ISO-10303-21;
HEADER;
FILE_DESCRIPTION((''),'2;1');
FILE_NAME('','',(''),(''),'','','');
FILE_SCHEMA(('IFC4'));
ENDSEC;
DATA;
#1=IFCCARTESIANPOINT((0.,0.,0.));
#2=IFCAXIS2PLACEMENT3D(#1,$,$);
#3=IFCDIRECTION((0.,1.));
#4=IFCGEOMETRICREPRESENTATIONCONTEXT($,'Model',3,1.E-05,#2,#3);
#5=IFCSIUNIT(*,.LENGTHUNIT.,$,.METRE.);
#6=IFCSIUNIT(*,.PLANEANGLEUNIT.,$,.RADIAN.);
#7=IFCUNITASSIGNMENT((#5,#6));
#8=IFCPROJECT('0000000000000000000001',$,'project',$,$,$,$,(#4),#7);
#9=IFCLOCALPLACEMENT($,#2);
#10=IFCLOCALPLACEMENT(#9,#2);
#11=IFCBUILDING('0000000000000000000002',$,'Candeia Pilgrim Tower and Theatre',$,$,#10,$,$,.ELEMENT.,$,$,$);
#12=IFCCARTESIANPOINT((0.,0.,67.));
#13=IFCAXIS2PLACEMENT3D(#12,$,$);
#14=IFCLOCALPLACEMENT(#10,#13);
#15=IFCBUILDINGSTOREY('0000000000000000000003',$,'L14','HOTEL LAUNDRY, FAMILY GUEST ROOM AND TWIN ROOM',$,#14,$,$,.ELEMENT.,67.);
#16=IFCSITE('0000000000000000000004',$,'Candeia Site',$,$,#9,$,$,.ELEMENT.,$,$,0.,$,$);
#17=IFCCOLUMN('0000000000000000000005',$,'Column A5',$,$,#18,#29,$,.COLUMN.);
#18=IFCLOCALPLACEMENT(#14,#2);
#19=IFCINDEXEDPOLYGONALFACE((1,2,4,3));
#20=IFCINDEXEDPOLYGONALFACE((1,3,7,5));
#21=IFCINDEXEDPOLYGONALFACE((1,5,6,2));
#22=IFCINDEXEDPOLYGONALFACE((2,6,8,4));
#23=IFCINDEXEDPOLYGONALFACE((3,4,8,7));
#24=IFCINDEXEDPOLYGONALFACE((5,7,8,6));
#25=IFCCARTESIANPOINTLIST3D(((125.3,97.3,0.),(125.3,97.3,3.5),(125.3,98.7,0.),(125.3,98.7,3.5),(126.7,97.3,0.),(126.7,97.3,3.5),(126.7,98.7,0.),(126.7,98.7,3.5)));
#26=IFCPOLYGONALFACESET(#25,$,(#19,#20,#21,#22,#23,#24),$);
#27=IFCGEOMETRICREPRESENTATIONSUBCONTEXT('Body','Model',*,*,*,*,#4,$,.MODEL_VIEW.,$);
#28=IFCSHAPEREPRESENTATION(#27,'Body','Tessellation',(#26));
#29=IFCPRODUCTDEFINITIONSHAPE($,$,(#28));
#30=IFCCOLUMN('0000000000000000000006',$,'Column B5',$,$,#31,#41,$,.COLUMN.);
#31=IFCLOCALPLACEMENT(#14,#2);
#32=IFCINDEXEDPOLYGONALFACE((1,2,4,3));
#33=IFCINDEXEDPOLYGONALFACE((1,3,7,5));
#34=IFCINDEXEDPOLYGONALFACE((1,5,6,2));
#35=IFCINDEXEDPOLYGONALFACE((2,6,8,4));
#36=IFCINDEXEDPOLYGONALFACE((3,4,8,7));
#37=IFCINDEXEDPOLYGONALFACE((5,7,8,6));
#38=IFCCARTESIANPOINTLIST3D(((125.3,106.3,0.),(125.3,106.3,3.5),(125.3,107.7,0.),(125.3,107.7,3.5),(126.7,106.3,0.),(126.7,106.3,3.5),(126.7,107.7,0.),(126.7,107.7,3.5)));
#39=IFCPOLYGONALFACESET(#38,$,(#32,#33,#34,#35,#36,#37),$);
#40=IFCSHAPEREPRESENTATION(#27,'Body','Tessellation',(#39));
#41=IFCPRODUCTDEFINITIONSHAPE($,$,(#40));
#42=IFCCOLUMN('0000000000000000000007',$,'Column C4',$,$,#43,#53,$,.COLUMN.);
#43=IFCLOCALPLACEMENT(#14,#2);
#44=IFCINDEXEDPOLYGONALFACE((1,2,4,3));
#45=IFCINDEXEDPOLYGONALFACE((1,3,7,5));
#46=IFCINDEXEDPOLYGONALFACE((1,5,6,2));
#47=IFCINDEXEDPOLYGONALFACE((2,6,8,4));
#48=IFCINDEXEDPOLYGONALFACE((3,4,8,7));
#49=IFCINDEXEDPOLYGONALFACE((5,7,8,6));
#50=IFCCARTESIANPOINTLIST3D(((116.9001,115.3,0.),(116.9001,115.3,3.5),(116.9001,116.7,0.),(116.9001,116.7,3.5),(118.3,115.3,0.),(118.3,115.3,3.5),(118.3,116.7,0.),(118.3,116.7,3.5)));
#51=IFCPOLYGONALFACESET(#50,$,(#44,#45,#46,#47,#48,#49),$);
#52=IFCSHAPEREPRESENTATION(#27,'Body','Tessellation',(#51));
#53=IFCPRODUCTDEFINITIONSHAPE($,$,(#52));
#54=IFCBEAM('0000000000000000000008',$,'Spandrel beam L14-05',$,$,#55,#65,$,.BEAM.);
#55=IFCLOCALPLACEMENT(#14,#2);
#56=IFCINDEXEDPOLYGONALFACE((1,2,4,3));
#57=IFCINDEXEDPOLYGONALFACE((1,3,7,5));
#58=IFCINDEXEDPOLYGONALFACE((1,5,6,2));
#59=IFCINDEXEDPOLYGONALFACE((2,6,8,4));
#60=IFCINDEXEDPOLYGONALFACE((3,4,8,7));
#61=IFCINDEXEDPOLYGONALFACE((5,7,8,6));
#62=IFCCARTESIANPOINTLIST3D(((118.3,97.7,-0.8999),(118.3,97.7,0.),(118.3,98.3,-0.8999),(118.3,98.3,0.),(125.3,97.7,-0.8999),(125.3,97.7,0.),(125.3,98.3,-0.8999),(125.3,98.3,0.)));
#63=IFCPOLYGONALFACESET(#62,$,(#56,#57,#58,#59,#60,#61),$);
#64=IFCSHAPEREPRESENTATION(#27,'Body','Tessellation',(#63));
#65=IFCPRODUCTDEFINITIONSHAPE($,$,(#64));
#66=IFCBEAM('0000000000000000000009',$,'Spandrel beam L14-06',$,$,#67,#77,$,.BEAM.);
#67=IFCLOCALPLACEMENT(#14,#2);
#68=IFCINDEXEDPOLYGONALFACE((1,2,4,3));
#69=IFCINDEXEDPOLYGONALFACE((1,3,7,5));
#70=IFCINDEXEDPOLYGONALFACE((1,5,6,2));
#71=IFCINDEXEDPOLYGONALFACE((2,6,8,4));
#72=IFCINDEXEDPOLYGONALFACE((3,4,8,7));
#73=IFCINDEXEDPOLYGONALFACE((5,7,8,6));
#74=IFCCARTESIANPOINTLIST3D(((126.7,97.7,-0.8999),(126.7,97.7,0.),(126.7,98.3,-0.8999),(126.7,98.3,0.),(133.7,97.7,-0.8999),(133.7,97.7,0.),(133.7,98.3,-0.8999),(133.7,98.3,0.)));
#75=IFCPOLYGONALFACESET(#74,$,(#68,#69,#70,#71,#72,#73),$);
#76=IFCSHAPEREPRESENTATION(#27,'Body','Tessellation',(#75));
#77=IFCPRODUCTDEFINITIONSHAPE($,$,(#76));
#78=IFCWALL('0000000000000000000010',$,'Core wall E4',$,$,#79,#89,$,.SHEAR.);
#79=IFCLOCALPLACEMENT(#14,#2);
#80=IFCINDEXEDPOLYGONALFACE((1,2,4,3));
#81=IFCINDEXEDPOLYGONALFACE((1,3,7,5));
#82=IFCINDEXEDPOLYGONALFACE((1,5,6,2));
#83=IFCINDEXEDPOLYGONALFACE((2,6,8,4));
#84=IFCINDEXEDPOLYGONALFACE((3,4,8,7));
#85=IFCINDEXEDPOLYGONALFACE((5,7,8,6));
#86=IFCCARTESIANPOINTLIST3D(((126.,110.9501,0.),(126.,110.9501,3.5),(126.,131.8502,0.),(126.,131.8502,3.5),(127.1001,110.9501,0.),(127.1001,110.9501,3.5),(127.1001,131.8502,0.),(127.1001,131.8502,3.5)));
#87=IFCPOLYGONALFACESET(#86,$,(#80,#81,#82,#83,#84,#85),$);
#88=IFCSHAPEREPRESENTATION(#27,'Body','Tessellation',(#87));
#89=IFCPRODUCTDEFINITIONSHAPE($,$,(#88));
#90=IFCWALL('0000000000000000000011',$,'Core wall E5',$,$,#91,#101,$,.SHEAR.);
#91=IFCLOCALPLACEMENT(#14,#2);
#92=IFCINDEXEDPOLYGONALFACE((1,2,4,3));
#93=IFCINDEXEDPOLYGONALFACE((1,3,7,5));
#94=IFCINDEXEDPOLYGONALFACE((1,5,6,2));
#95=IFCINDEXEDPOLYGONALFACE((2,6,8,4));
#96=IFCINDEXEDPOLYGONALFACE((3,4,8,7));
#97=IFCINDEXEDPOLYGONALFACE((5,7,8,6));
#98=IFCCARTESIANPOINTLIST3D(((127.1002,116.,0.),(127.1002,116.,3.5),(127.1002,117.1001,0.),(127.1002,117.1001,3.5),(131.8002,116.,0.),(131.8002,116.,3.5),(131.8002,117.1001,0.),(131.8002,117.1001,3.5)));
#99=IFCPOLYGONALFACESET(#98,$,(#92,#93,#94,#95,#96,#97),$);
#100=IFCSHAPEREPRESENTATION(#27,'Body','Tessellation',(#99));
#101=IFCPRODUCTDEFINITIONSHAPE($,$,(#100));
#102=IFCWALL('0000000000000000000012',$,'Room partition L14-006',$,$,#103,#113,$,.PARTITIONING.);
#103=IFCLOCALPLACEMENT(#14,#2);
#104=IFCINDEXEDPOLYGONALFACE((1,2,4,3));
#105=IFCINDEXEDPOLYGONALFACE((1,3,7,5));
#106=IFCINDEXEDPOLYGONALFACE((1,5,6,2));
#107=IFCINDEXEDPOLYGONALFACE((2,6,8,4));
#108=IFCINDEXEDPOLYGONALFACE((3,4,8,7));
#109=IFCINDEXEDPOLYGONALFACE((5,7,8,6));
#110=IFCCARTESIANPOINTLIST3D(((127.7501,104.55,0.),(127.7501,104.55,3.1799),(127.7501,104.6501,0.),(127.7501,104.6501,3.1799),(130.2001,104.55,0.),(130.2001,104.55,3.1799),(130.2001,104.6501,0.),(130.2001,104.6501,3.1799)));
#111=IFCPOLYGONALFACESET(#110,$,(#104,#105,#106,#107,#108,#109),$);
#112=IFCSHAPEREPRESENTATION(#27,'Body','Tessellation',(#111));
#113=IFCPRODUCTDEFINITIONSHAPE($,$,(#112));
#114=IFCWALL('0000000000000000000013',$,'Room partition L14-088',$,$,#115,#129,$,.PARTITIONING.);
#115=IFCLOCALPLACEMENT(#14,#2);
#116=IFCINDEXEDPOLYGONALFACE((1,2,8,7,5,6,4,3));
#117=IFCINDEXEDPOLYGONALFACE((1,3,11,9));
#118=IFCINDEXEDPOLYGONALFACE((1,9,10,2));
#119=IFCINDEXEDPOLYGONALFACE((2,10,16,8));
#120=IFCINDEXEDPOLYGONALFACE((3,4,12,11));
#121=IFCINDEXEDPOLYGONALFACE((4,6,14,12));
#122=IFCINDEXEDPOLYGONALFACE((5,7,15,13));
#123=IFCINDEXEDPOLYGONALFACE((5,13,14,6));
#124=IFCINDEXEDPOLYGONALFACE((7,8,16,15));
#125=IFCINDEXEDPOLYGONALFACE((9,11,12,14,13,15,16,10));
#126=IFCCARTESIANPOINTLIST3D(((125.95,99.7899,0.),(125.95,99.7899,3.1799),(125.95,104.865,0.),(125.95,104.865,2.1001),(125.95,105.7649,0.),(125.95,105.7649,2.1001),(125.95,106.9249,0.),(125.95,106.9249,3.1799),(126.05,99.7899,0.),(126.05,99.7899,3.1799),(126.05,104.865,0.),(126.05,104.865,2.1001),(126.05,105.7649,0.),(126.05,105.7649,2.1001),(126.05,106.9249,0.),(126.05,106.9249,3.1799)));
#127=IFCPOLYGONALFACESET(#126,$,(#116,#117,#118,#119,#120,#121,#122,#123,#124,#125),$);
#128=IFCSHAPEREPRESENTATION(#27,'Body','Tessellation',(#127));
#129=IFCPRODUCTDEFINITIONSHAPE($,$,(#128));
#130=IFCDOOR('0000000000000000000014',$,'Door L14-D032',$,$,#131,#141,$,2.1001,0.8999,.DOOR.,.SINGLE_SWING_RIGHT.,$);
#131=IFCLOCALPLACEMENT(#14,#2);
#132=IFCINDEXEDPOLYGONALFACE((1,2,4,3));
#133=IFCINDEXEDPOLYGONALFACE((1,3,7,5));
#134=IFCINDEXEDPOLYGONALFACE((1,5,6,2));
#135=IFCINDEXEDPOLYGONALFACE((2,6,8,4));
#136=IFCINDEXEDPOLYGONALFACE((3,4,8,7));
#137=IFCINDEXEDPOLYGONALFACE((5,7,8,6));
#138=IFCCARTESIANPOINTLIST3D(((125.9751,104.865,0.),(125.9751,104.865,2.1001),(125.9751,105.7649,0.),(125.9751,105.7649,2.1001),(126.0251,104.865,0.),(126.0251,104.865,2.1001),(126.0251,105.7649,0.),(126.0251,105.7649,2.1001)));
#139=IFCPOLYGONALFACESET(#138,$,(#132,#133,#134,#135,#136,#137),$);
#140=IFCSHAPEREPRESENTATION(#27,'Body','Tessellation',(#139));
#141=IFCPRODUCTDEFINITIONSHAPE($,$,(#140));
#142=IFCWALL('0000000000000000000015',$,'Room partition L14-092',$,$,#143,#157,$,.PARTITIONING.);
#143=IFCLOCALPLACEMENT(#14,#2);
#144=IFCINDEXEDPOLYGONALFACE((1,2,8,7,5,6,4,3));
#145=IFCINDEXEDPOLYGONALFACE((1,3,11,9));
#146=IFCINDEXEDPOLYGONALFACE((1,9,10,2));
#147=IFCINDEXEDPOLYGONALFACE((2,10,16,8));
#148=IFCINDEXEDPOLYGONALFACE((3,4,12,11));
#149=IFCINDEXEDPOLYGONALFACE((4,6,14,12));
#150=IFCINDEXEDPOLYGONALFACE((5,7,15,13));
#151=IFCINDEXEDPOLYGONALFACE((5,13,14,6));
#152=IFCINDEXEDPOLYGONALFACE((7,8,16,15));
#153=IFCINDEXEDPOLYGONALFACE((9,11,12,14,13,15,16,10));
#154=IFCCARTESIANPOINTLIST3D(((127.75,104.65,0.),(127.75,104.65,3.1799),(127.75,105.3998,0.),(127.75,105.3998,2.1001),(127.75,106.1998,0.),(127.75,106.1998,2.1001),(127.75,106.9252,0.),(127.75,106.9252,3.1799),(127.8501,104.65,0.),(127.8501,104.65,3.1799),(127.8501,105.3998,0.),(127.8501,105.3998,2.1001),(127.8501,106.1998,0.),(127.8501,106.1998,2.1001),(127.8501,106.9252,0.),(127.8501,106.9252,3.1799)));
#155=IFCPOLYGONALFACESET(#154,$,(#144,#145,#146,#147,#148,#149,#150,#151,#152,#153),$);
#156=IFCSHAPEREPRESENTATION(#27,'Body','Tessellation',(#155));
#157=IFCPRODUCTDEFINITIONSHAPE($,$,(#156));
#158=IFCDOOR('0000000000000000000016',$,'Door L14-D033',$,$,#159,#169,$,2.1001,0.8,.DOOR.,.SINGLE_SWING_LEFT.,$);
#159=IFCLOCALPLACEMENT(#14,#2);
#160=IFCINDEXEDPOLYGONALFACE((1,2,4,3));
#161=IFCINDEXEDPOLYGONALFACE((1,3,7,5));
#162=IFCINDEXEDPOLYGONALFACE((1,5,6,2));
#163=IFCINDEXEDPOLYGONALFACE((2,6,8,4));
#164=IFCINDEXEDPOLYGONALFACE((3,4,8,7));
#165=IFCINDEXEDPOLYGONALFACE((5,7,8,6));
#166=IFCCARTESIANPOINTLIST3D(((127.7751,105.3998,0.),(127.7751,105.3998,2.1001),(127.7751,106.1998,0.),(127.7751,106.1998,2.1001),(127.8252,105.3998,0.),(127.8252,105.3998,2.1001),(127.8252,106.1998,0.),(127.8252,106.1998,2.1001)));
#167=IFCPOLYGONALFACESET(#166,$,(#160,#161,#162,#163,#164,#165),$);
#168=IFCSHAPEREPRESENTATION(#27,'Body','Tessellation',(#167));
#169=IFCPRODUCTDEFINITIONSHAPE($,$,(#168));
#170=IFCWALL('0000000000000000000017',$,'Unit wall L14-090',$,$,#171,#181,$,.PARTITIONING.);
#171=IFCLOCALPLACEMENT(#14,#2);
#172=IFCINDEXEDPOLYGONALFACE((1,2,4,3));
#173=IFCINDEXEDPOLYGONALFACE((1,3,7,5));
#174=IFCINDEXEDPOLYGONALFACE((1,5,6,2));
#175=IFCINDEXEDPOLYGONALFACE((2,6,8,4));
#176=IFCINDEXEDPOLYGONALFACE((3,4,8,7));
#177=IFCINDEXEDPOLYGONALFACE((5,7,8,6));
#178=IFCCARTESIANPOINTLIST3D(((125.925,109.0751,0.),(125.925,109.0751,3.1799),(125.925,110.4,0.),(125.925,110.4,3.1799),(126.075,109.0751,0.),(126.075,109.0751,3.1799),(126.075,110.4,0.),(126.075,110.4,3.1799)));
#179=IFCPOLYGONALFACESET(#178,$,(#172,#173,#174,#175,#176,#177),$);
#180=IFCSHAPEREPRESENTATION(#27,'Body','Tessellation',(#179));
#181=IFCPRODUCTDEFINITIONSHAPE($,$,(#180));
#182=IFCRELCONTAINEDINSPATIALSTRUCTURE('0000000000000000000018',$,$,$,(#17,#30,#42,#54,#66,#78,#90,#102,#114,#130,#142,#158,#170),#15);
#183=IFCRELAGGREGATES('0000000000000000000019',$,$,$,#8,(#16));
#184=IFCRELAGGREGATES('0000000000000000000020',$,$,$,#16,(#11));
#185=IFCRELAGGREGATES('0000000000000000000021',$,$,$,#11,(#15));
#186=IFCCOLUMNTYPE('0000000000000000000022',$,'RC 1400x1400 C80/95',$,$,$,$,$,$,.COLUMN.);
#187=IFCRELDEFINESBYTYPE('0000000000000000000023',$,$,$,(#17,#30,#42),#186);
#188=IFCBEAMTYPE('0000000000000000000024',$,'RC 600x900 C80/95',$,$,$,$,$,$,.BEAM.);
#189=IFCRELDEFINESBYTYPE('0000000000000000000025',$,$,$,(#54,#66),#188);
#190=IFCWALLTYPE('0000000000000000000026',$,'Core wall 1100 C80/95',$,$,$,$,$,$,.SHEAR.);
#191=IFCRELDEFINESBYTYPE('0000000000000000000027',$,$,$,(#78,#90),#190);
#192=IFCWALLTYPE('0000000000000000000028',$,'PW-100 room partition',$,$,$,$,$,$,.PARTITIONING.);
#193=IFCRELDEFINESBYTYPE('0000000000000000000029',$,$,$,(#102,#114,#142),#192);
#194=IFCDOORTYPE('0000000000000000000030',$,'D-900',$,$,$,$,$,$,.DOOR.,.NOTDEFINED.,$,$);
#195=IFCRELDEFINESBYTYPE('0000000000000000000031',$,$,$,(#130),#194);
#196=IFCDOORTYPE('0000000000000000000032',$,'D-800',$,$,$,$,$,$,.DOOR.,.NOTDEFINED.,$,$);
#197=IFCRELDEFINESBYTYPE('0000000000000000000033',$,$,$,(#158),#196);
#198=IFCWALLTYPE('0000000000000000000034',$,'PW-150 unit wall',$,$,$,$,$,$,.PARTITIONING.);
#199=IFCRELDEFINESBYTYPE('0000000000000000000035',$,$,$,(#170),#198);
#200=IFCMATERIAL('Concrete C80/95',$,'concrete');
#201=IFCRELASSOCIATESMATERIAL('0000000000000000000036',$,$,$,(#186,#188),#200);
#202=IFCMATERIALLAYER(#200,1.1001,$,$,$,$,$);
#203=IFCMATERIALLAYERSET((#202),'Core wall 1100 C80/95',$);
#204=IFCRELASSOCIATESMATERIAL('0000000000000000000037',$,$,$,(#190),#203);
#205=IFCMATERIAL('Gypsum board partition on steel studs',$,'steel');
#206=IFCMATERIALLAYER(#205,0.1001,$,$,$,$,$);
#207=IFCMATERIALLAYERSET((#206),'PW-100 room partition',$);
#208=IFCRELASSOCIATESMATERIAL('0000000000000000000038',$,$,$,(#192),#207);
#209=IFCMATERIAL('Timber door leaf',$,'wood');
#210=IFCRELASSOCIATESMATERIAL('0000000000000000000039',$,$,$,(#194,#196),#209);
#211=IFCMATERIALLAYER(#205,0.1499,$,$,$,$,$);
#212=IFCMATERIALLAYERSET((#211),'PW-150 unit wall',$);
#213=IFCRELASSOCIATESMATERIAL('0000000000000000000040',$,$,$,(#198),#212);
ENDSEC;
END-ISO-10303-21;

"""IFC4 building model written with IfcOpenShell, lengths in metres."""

from ifc_helpers import new_model, si_unit, direction, frame, frame_2d, origin, origin_2d, place, context, subcontext, project, spatial, rectangle, extrude, material, layer, layer_set, material_profile, profile_set, type_object, element, fill, save


model = new_model("IFC4")

# Units and contexts
model_context = context("Model", 3, precision=1e-05, world=origin(), true_north=direction((0.0, 1.0)))
body_context = subcontext(model_context, "Body", "Model", "MODEL_VIEW")
ifc_project = project(units=[si_unit("LENGTHUNIT", "METRE"), si_unit("PLANEANGLEUNIT", "RADIAN")], contexts=[model_context])

# Site, building, storey
site_placement = place(None, origin())
site = spatial("IfcSite", under=ifc_project, at=site_placement, Name="Candeia Site", CompositionType="ELEMENT", RefElevation=0.0)
building_placement = place(site_placement, origin())
building = spatial("IfcBuilding", under=site, at=building_placement, Name="Candeia Pilgrim Tower and Theatre", CompositionType="ELEMENT")
storey_placement = place(building_placement, frame((0.0, 0.0, 67.0)))
storey = spatial("IfcBuildingStorey", under=building, at=storey_placement, Name="L14", Description="HOTEL LAUNDRY, FAMILY GUEST ROOM AND TWIN ROOM", CompositionType="ELEMENT", Elevation=67.0)

# Columns
ifc_material_1 = material(Name="Concrete C80/95", Category="concrete")
ifc_material_profile_1 = material_profile(ifc_material_1, rectangle(XDim=1.3999, YDim=1.3999, at=origin_2d()))
ifc_profile_set_1 = profile_set([ifc_material_profile_1], Name="Concrete C80/95")
column_type = type_object("IfcColumnType", Name="RC 1400x1400 C80/95", PredefinedType="COLUMN", material=ifc_profile_set_1)
for number, where, z_axis, x_axis, name in (
    (1, (126.0, 98.0, 0.0), (0.0, 0.0, 1.0), (1.0, 0.0, 0.0), "Column A5"),
    (2, (126.0, 107.0, 0.0), (0.0, 0.0, 1.0), (1.0, 0.0, 0.0), "Column B5"),
    (3, (117.6001, 116.0, 0.0), (0.0, 0.0, 1.0), (1.0, 0.0, 0.0), "Column C4"),
):
    element("IfcColumn", number, at=place(storey_placement, frame(where, z_axis=z_axis, x_axis=x_axis)), inside=storey, type_object=column_type, Name=name, PredefinedType="COLUMN", context=body_context, shape_type="SweptSolid", body=[
        extrude(rectangle(XDim=1.3999, YDim=1.3999, at=origin_2d()), origin(), (0.0, 0.0, 1.0), 3.5),
    ])

# Beams
ifc_material_profile_2 = material_profile(ifc_material_1, rectangle(XDim=0.6001, YDim=0.8999, at=origin_2d()))
ifc_profile_set_2 = profile_set([ifc_material_profile_2], Name="Concrete C80/95")
beam_type = type_object("IfcBeamType", Name="RC 600x900 C80/95", PredefinedType="BEAM", material=ifc_profile_set_2)
for number, where, z_axis, x_axis, name in (
    (4, (118.3, 98.0, -0.45), (1.0, 0.0, 0.0), (0.0, 1.0, 0.0), "Spandrel beam L14-05"),
    (5, (126.7, 98.0, -0.45), (1.0, 0.0, 0.0), (0.0, 1.0, 0.0), "Spandrel beam L14-06"),
):
    element("IfcBeam", number, at=place(storey_placement, frame(where, z_axis=z_axis, x_axis=x_axis)), inside=storey, type_object=beam_type, Name=name, PredefinedType="BEAM", context=body_context, shape_type="SweptSolid", body=[
        extrude(rectangle(XDim=0.6001, YDim=0.8999, at=origin_2d()), origin(), (0.0, 0.0, 1.0), 7.0),
    ])

# Walls
ifc_layer_1 = layer(ifc_material_1, 1.1001)
ifc_layer_set_1 = layer_set([ifc_layer_1], Name="Core wall 1100 C80/95")
wall_type_1 = type_object("IfcWallType", Name="Core wall 1100 C80/95", PredefinedType="SHEAR", material=ifc_layer_set_1)
wall_1_placement = place(storey_placement, frame((126.55, 110.95, 0.0), z_axis=(0.0, 0.0, 1.0), x_axis=(0.0, 1.0, 0.0)))
element("IfcWall", 6, at=wall_1_placement, inside=storey, type_object=wall_type_1, Name="Core wall E4", PredefinedType="SHEAR", context=body_context, shape_type="SweptSolid", body=[
    extrude(rectangle(XDim=20.9001, YDim=1.1001, at=frame_2d((10.4502, 0.0))), origin(), (0.0, 0.0, 1.0), 3.5),
])
wall_2_placement = place(storey_placement, frame((127.1001, 116.55, 0.0), z_axis=(0.0, 0.0, 1.0), x_axis=(1.0, 0.0, 0.0)))
element("IfcWall", 7, at=wall_2_placement, inside=storey, type_object=wall_type_1, Name="Core wall E5", PredefinedType="SHEAR", context=body_context, shape_type="SweptSolid", body=[
    extrude(rectangle(XDim=4.7, YDim=1.1001, at=frame_2d((2.3501, 0.0))), origin(), (0.0, 0.0, 1.0), 3.5),
])
ifc_material_2 = material(Name="Gypsum board partition on steel studs", Category="steel")
ifc_layer_2 = layer(ifc_material_2, 0.1001)
ifc_layer_set_2 = layer_set([ifc_layer_2], Name="PW-100 room partition")
wall_type_2 = type_object("IfcWallType", Name="PW-100 room partition", PredefinedType="PARTITIONING", material=ifc_layer_set_2)
wall_3_placement = place(storey_placement, frame((127.75, 104.6001, 0.0), z_axis=(0.0, 0.0, 1.0), x_axis=(1.0, 0.0, 0.0)))
element("IfcWall", 8, at=wall_3_placement, inside=storey, type_object=wall_type_2, Name="Room partition L14-006", PredefinedType="PARTITIONING", context=body_context, shape_type="SweptSolid", body=[
    extrude(rectangle(XDim=2.45, YDim=0.1001, at=frame_2d((1.2251, 0.0))), origin(), (0.0, 0.0, 1.0), 3.1799),
])

# Walls, openings, doors
wall_4_placement = place(storey_placement, frame((126.0, 99.79, 0.0), z_axis=(0.0, 0.0, 1.0), x_axis=(0.0, 1.0, 0.0)))
wall_4 = element("IfcWall", 9, at=wall_4_placement, inside=storey, type_object=wall_type_2, Name="Room partition L14-088", PredefinedType="PARTITIONING", context=body_context, shape_type="SweptSolid", body=[
    extrude(rectangle(XDim=7.135, YDim=0.1001, at=frame_2d((3.5674, 0.0))), origin(), (0.0, 0.0, 1.0), 3.1799),
])
opening_1_placement = place(wall_4_placement, frame((5.075, 0.0, 0.0)))
opening_1 = element("IfcOpeningElement", 10, at=opening_1_placement, cuts=wall_4, PredefinedType="OPENING", context=body_context, shape_type="SweptSolid", body=[
    extrude(rectangle(XDim=0.8999, YDim=2.1001, at=frame_2d((0.45, 1.05))), frame((0.0, 0.0601, 0.0), z_axis=(0.0, -1.0, 0.0), x_axis=(1.0, 0.0, 0.0)), (0.0, 0.0, 1.0), 0.1201),
])
ifc_material_3 = material(Name="Timber door leaf", Category="wood")
door_type_1 = type_object("IfcDoorType", Name="D-900", OperationType="NOTDEFINED", PredefinedType="DOOR", material=ifc_material_3)
door_1_placement = place(opening_1_placement, origin())
door_1 = element("IfcDoor", 11, at=door_1_placement, inside=storey, type_object=door_type_1, Name="Door L14-D032", OperationType="SINGLE_SWING_RIGHT", OverallHeight=2.1001, OverallWidth=0.8999, PredefinedType="DOOR", context=body_context, shape_type="SweptSolid", body=[
    extrude(rectangle(XDim=0.8999, YDim=2.1001, at=frame_2d((0.45, 1.05))), frame((0.0, 0.0249, 0.0), z_axis=(0.0, -1.0, 0.0), x_axis=(1.0, 0.0, 0.0)), (0.0, 0.0, 1.0), 0.05),
])
fill(opening_1, door_1)
wall_5_placement = place(storey_placement, frame((127.8, 104.6499, 0.0), z_axis=(0.0, 0.0, 1.0), x_axis=(0.0, 1.0, 0.0)))
wall_5 = element("IfcWall", 12, at=wall_5_placement, inside=storey, type_object=wall_type_2, Name="Room partition L14-092", PredefinedType="PARTITIONING", context=body_context, shape_type="SweptSolid", body=[
    extrude(rectangle(XDim=2.2751, YDim=0.1001, at=frame_2d((1.1377, 0.0))), origin(), (0.0, 0.0, 1.0), 3.1799),
])
opening_2_placement = place(wall_5_placement, frame((0.75, 0.0, 0.0)))
opening_2 = element("IfcOpeningElement", 13, at=opening_2_placement, cuts=wall_5, PredefinedType="OPENING", context=body_context, shape_type="SweptSolid", body=[
    extrude(rectangle(XDim=0.8, YDim=2.1001, at=frame_2d((0.3999, 1.05))), frame((0.0, 0.0601, 0.0), z_axis=(0.0, -1.0, 0.0), x_axis=(1.0, 0.0, 0.0)), (0.0, 0.0, 1.0), 0.1201),
])
door_type_2 = type_object("IfcDoorType", Name="D-800", OperationType="NOTDEFINED", PredefinedType="DOOR", material=ifc_material_3)
door_2_placement = place(opening_2_placement, origin())
door_2 = element("IfcDoor", 14, at=door_2_placement, inside=storey, type_object=door_type_2, Name="Door L14-D033", OperationType="SINGLE_SWING_LEFT", OverallHeight=2.1001, OverallWidth=0.8, PredefinedType="DOOR", context=body_context, shape_type="SweptSolid", body=[
    extrude(rectangle(XDim=0.8, YDim=2.1001, at=frame_2d((0.3999, 1.05))), frame((0.0, 0.0249, 0.0), z_axis=(0.0, -1.0, 0.0), x_axis=(1.0, 0.0, 0.0)), (0.0, 0.0, 1.0), 0.05),
])
fill(opening_2, door_2)

# Wall
ifc_layer_3 = layer(ifc_material_2, 0.1499)
ifc_layer_set_3 = layer_set([ifc_layer_3], Name="PW-150 unit wall")
wall_type_3 = type_object("IfcWallType", Name="PW-150 unit wall", PredefinedType="PARTITIONING", material=ifc_layer_set_3)
wall_6_placement = place(storey_placement, frame((126.0, 109.075, 0.0), z_axis=(0.0, 0.0, 1.0), x_axis=(0.0, 1.0, 0.0)))
element("IfcWall", 15, at=wall_6_placement, inside=storey, type_object=wall_type_3, Name="Unit wall L14-090", PredefinedType="PARTITIONING", context=body_context, shape_type="SweptSolid", body=[
    extrude(rectangle(XDim=1.325, YDim=0.1499, at=frame_2d((0.6626, 0.0))), origin(), (0.0, 0.0, 1.0), 3.1799),
])

save(model, "model.ifc")
